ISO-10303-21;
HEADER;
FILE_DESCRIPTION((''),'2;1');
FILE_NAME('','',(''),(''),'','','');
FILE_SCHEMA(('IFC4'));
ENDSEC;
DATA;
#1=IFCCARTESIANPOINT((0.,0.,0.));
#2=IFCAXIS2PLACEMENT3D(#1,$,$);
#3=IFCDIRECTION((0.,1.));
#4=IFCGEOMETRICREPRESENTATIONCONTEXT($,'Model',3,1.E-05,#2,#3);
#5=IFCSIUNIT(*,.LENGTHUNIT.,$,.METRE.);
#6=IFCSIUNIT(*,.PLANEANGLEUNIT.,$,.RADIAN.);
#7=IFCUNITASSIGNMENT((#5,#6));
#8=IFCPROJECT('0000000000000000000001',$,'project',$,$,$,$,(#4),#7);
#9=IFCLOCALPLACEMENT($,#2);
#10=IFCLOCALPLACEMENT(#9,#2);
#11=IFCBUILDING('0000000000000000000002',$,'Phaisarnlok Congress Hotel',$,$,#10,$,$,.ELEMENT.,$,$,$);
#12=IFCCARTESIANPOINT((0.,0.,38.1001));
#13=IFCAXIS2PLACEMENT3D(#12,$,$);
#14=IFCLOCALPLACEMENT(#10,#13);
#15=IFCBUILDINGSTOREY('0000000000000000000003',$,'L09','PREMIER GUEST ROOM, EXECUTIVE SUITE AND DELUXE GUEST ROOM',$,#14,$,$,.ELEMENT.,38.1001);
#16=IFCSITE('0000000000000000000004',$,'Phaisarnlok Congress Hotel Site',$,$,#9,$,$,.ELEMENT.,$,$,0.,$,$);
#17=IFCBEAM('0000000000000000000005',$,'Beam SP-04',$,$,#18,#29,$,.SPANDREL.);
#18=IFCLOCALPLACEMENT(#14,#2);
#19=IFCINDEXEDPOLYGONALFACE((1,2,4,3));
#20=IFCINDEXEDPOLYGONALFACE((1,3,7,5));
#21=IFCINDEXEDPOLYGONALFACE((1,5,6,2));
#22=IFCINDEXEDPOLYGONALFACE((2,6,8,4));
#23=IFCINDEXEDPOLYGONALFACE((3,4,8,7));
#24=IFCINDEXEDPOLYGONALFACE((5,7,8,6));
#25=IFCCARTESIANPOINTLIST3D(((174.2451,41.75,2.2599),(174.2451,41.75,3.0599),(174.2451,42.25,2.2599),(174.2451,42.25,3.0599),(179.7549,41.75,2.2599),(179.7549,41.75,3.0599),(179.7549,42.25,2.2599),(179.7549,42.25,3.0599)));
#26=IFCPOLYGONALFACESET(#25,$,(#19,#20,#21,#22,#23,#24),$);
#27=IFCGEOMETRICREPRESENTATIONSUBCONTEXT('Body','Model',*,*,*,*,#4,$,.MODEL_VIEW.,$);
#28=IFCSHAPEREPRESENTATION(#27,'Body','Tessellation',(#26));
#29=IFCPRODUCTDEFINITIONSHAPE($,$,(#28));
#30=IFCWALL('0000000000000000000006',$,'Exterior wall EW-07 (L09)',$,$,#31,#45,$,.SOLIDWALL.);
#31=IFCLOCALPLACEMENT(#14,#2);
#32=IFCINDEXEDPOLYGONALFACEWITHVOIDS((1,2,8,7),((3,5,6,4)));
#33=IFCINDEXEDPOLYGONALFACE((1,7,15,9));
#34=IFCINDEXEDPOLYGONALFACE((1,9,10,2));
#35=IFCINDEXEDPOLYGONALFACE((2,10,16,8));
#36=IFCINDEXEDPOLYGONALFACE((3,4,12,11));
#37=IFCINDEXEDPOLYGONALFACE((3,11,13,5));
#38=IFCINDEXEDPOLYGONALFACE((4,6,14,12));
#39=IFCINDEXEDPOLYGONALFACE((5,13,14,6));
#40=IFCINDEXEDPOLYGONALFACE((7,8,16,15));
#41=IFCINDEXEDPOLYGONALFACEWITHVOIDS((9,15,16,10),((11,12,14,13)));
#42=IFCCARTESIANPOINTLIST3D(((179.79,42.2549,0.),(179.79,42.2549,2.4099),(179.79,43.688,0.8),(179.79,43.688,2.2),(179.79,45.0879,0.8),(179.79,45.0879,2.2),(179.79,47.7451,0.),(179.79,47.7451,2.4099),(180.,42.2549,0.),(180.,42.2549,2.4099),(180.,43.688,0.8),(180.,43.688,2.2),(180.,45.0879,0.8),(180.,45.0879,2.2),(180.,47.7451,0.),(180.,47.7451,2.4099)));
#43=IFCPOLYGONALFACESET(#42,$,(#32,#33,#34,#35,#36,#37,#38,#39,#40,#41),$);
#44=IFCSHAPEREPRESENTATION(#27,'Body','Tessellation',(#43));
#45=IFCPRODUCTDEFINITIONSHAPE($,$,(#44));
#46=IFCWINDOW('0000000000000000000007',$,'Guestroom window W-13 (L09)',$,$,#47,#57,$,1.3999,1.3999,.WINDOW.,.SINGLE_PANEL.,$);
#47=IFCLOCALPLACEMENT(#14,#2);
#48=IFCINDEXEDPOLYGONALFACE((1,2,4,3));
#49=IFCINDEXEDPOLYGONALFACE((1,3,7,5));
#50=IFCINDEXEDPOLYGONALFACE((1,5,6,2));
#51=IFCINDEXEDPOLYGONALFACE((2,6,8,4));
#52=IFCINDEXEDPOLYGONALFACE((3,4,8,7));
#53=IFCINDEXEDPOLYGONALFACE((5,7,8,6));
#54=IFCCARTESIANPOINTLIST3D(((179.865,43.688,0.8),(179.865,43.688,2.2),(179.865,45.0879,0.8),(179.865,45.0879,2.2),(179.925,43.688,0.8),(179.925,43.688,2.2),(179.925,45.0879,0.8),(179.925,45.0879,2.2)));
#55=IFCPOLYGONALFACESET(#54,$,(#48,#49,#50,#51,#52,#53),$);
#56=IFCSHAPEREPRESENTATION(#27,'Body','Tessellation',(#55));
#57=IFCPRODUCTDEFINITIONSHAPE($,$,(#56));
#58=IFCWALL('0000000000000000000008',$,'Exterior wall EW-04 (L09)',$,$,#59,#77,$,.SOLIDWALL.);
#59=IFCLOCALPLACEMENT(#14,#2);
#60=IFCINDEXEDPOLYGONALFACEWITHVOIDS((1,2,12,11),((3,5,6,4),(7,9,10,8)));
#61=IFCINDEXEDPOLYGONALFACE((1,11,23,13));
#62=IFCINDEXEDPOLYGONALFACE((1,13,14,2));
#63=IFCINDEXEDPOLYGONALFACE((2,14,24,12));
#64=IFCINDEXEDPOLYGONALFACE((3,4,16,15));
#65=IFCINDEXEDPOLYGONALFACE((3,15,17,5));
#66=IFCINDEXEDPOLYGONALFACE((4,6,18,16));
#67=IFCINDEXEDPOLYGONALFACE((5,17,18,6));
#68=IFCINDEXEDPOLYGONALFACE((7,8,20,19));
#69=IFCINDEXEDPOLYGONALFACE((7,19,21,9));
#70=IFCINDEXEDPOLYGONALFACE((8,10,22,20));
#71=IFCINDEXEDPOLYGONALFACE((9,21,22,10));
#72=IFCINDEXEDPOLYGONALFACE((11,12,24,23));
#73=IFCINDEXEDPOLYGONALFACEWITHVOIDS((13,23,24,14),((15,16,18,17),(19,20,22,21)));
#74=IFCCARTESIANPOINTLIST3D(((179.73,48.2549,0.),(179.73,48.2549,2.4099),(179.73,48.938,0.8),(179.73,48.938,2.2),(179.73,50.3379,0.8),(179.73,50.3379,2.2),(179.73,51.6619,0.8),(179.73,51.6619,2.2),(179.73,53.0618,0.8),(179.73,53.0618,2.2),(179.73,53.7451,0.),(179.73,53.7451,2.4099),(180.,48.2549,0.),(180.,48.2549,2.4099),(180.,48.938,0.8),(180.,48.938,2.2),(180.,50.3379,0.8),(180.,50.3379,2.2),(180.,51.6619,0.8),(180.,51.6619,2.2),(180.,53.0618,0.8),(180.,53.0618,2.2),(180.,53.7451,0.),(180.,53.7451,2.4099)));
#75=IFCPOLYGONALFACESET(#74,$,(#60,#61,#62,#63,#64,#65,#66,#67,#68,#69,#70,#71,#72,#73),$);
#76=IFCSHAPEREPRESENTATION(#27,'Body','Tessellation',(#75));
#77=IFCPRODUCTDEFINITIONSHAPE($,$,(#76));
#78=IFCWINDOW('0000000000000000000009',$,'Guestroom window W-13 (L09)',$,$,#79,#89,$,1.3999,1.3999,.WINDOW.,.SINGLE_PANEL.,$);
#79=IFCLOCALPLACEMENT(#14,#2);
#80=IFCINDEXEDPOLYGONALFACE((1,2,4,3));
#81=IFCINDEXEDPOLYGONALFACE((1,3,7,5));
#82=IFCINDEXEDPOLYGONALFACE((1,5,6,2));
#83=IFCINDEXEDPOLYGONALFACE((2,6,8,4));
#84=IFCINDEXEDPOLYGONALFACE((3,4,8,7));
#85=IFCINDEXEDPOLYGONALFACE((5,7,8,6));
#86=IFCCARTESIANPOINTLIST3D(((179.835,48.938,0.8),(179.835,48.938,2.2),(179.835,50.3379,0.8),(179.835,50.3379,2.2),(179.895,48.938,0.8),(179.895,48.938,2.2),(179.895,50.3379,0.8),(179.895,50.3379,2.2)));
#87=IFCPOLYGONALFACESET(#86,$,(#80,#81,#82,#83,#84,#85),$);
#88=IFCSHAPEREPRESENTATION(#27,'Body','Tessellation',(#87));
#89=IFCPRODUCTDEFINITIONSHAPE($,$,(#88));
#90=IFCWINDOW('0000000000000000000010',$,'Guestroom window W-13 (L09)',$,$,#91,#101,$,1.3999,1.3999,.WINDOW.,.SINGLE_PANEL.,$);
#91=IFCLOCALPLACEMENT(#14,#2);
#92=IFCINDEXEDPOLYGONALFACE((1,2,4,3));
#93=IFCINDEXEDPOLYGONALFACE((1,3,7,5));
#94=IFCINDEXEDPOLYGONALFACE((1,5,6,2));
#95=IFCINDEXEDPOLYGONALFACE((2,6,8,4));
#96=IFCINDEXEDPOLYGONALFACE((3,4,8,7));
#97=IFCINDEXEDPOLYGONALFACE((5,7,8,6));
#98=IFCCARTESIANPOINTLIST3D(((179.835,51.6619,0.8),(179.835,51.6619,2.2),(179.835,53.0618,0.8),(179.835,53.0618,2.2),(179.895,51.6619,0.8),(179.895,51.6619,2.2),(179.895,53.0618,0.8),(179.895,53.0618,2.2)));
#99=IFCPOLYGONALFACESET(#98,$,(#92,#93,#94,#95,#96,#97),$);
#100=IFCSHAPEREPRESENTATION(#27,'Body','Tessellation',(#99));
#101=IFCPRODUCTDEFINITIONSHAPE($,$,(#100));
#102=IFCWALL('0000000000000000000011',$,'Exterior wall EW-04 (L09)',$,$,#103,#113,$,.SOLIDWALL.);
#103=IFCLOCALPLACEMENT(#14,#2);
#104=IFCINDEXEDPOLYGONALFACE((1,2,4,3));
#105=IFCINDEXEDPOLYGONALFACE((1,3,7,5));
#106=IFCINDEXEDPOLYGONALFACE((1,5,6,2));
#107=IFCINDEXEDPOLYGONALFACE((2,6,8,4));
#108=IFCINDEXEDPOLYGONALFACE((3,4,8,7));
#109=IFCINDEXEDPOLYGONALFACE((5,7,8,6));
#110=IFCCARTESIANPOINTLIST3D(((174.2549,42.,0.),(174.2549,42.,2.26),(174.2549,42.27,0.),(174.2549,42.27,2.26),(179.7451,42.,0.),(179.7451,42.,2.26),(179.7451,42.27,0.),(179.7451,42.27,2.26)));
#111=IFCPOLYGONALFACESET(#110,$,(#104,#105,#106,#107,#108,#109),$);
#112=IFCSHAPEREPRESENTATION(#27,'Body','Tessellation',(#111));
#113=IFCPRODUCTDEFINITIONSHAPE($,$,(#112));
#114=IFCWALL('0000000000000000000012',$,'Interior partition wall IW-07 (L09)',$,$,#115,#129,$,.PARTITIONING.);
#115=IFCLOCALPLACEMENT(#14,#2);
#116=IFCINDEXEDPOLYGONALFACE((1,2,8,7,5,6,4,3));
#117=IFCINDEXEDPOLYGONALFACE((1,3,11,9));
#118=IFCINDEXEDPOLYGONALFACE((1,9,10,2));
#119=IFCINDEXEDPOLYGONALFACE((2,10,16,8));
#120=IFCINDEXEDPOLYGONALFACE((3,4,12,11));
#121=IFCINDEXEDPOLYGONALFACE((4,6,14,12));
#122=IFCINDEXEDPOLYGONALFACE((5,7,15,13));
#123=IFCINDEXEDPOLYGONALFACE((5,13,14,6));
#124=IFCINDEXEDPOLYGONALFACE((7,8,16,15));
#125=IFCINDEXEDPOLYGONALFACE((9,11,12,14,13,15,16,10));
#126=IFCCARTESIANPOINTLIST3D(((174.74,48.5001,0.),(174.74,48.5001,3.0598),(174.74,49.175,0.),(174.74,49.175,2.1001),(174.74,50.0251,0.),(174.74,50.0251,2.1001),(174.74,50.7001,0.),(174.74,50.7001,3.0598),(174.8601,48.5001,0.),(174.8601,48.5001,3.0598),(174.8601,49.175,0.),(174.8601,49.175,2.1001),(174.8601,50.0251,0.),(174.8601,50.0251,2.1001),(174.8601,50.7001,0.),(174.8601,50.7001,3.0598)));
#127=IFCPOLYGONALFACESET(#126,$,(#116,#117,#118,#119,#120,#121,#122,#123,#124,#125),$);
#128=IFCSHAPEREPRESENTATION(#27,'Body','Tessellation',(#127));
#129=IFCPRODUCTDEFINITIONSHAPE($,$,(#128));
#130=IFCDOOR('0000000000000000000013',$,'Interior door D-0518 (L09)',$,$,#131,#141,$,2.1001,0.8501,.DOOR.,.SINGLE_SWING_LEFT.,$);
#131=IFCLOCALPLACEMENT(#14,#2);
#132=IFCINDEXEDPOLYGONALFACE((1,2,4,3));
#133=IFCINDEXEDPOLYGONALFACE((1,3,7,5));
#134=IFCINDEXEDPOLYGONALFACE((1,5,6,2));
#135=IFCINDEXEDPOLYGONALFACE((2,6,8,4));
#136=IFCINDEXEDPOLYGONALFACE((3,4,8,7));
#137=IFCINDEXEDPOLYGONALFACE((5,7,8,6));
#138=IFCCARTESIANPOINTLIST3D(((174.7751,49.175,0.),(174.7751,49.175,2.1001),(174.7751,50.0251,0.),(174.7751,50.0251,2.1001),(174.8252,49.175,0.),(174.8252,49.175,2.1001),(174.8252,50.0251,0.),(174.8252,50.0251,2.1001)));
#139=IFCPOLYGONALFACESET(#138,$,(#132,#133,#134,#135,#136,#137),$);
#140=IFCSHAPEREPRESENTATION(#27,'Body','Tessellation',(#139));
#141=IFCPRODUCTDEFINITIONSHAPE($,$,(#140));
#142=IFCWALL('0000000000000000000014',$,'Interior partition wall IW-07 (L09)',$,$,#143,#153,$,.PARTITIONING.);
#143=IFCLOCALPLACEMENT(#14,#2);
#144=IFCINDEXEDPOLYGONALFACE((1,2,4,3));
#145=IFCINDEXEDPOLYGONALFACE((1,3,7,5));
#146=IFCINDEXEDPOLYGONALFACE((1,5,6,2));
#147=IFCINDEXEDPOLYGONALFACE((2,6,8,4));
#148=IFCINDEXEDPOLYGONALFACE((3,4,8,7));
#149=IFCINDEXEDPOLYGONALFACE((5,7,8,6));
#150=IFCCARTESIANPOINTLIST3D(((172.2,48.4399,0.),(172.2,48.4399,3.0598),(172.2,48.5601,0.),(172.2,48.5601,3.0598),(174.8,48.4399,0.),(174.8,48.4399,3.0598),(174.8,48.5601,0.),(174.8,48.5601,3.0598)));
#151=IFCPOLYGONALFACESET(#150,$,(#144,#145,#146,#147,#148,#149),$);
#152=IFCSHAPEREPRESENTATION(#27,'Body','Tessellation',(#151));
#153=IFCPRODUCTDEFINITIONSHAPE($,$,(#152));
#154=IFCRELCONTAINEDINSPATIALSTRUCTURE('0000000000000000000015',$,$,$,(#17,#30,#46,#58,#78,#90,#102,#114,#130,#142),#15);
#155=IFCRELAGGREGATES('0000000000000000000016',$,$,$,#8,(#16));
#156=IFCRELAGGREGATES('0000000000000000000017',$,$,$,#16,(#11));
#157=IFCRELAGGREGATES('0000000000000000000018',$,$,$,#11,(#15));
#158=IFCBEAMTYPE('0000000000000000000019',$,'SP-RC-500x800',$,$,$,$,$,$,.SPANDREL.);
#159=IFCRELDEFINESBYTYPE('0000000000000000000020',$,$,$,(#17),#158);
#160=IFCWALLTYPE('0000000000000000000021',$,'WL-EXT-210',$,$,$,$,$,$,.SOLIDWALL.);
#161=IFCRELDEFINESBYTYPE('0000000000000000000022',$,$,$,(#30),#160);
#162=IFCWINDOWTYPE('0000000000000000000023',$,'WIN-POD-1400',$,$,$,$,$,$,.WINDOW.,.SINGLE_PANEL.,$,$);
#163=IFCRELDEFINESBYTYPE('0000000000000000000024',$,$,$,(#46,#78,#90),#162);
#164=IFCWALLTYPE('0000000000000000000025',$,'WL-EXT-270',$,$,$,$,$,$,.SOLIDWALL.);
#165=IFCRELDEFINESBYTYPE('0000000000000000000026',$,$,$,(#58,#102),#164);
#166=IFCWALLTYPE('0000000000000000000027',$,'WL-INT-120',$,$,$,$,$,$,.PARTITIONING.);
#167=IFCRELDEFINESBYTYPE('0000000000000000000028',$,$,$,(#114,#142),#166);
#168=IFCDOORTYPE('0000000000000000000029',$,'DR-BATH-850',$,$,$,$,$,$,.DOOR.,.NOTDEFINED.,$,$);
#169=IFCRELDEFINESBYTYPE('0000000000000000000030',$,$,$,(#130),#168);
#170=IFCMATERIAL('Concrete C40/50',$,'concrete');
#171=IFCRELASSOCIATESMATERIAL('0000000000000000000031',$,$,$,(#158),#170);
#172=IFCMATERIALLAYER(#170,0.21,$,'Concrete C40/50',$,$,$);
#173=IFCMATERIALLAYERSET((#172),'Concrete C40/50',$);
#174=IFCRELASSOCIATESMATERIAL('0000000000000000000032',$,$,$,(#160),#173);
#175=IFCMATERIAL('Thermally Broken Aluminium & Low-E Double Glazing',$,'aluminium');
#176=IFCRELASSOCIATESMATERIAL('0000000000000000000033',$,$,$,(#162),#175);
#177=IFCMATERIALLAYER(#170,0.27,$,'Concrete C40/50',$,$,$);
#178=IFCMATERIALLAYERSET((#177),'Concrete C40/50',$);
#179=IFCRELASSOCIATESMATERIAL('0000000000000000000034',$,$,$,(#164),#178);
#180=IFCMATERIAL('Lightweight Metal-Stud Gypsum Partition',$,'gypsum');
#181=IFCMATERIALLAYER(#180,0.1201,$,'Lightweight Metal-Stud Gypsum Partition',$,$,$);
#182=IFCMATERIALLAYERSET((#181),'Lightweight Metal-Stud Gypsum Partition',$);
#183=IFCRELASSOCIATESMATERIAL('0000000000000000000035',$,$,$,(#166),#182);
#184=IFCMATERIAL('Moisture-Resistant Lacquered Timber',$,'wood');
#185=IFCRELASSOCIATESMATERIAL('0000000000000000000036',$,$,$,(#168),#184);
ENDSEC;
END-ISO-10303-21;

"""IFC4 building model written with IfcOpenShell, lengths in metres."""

from ifc_helpers import new_model, si_unit, direction, frame, frame_2d, origin, origin_2d, place, context, subcontext, project, spatial, rectangle, extrude, material, layer, layer_set, material_profile, profile_set, type_object, element, fill, save


model = new_model("IFC4")

# Units and contexts
model_context = context("Model", 3, precision=1e-05, world=origin(), true_north=direction((0.0, 1.0)))
body_context = subcontext(model_context, "Body", "Model", "MODEL_VIEW")
ifc_project = project(units=[si_unit("LENGTHUNIT", "METRE"), si_unit("PLANEANGLEUNIT", "RADIAN")], contexts=[model_context])

# Site, building, storey
site_placement = place(None, origin())
site = spatial("IfcSite", under=ifc_project, at=site_placement, Name="Phaisarnlok Congress Hotel Site", CompositionType="ELEMENT", RefElevation=0.0)
building_placement = place(site_placement, origin())
building = spatial("IfcBuilding", under=site, at=building_placement, Name="Phaisarnlok Congress Hotel", CompositionType="ELEMENT")
storey_placement = place(building_placement, frame((0.0, 0.0, 38.1001)))
storey = spatial("IfcBuildingStorey", under=building, at=storey_placement, Name="L09", Description="PREMIER GUEST ROOM, EXECUTIVE SUITE AND DELUXE GUEST ROOM", CompositionType="ELEMENT", Elevation=38.1001)

# Beam
ifc_material_1 = material(Name="Concrete C40/50", Category="concrete")
ifc_material_profile_1 = material_profile(ifc_material_1, rectangle(XDim=0.5, YDim=0.8, at=origin_2d()), Name="RC 500x800")
ifc_profile_set_1 = profile_set([ifc_material_profile_1], Name="Concrete C40/50")
beam_type_1 = type_object("IfcBeamType", Name="SP-RC-500x800", PredefinedType="SPANDREL", material=ifc_profile_set_1)
beam_1_placement = place(storey_placement, frame((174.2451, 42.0, 2.6599), z_axis=(1.0, 0.0, 0.0), x_axis=(0.0, 1.0, 0.0)))
element("IfcBeam", 1, at=beam_1_placement, inside=storey, type_object=beam_type_1, Name="Beam SP-04", PredefinedType="SPANDREL", context=body_context, shape_type="SweptSolid", body=[
    extrude(rectangle(XDim=0.5, YDim=0.8, at=origin_2d()), origin(), (0.0, 0.0, 1.0), 5.5098),
])

# Wall, opening, window
ifc_layer_1 = layer(ifc_material_1, 0.21, Name="Concrete C40/50")
ifc_layer_set_1 = layer_set([ifc_layer_1], Name="Concrete C40/50")
wall_type_1 = type_object("IfcWallType", Name="WL-EXT-210", PredefinedType="SOLIDWALL", material=ifc_layer_set_1)
wall_1_placement = place(storey_placement, frame((179.895, 42.2549, 0.0), z_axis=(0.0, 0.0, 1.0), x_axis=(0.0, 1.0, 0.0)))
wall_1 = element("IfcWall", 2, at=wall_1_placement, inside=storey, type_object=wall_type_1, Name="Exterior wall EW-07 (L09)", PredefinedType="SOLIDWALL", context=body_context, shape_type="SweptSolid", body=[
    extrude(rectangle(XDim=5.4902, YDim=0.21, at=frame_2d((2.7451, 0.0))), origin(), (0.0, 0.0, 1.0), 2.4099),
])
opening_1_placement = place(wall_1_placement, frame((1.4331, 0.0, 0.8)))
opening_1 = element("IfcOpeningElement", 3, at=opening_1_placement, cuts=wall_1, PredefinedType="OPENING", context=body_context, shape_type="SweptSolid", body=[
    extrude(rectangle(XDim=1.3999, YDim=1.3999, at=frame_2d((0.7, 0.7))), frame((0.0, 0.115, 0.0), z_axis=(0.0, -1.0, 0.0), x_axis=(1.0, 0.0, 0.0)), (0.0, 0.0, 1.0), 0.23),
])
ifc_material_2 = material(Name="Thermally Broken Aluminium & Low-E Double Glazing", Category="aluminium")
window_type = type_object("IfcWindowType", Name="WIN-POD-1400", PartitioningType="SINGLE_PANEL", PredefinedType="WINDOW", material=ifc_material_2)
window_1_placement = place(opening_1_placement, origin())
window_1 = element("IfcWindow", 4, at=window_1_placement, inside=storey, type_object=window_type, Name="Guestroom window W-13 (L09)", OverallHeight=1.3999, OverallWidth=1.3999, PartitioningType="SINGLE_PANEL", PredefinedType="WINDOW", context=body_context, shape_type="SweptSolid", body=[
    extrude(rectangle(XDim=1.3999, YDim=1.3999, at=frame_2d((0.7, 0.7))), frame((0.0, 0.03, 0.0), z_axis=(0.0, -1.0, 0.0), x_axis=(1.0, 0.0, 0.0)), (0.0, 0.0, 1.0), 0.0601),
])
fill(opening_1, window_1)

# Wall, openings, windows
ifc_layer_2 = layer(ifc_material_1, 0.27, Name="Concrete C40/50")
ifc_layer_set_2 = layer_set([ifc_layer_2], Name="Concrete C40/50")
wall_type_2 = type_object("IfcWallType", Name="WL-EXT-270", PredefinedType="SOLIDWALL", material=ifc_layer_set_2)
wall_2_placement = place(storey_placement, frame((179.865, 48.2549, 0.0), z_axis=(0.0, 0.0, 1.0), x_axis=(0.0, 1.0, 0.0)))
wall_2 = element("IfcWall", 5, at=wall_2_placement, inside=storey, type_object=wall_type_2, Name="Exterior wall EW-04 (L09)", PredefinedType="SOLIDWALL", context=body_context, shape_type="SweptSolid", body=[
    extrude(rectangle(XDim=5.4902, YDim=0.27, at=frame_2d((2.7451, 0.0))), origin(), (0.0, 0.0, 1.0), 2.4099),
])
opening_2_placement = place(wall_2_placement, frame((0.6831, 0.0, 0.8)))
opening_2 = element("IfcOpeningElement", 6, at=opening_2_placement, cuts=wall_2, PredefinedType="OPENING", context=body_context, shape_type="SweptSolid", body=[
    extrude(rectangle(XDim=1.3999, YDim=1.3999, at=frame_2d((0.7, 0.7))), frame((0.0, 0.145, 0.0), z_axis=(0.0, -1.0, 0.0), x_axis=(1.0, 0.0, 0.0)), (0.0, 0.0, 1.0), 0.29),
])
opening_3_placement = place(wall_2_placement, frame((3.407, 0.0, 0.8)))
opening_3 = element("IfcOpeningElement", 7, at=opening_3_placement, cuts=wall_2, PredefinedType="OPENING", context=body_context, shape_type="SweptSolid", body=[
    extrude(rectangle(XDim=1.3999, YDim=1.3999, at=frame_2d((0.7, 0.7))), frame((0.0, 0.145, 0.0), z_axis=(0.0, -1.0, 0.0), x_axis=(1.0, 0.0, 0.0)), (0.0, 0.0, 1.0), 0.29),
])
window_2_placement = place(opening_2_placement, origin())
window_2 = element("IfcWindow", 8, at=window_2_placement, inside=storey, type_object=window_type, Name="Guestroom window W-13 (L09)", OverallHeight=1.3999, OverallWidth=1.3999, PartitioningType="SINGLE_PANEL", PredefinedType="WINDOW", context=body_context, shape_type="SweptSolid", body=[
    extrude(rectangle(XDim=1.3999, YDim=1.3999, at=frame_2d((0.7, 0.7))), frame((0.0, 0.03, 0.0), z_axis=(0.0, -1.0, 0.0), x_axis=(1.0, 0.0, 0.0)), (0.0, 0.0, 1.0), 0.0601),
])
fill(opening_2, window_2)
window_3_placement = place(opening_3_placement, origin())
window_3 = element("IfcWindow", 9, at=window_3_placement, inside=storey, type_object=window_type, Name="Guestroom window W-13 (L09)", OverallHeight=1.3999, OverallWidth=1.3999, PartitioningType="SINGLE_PANEL", PredefinedType="WINDOW", context=body_context, shape_type="SweptSolid", body=[
    extrude(rectangle(XDim=1.3999, YDim=1.3999, at=frame_2d((0.7, 0.7))), frame((0.0, 0.03, 0.0), z_axis=(0.0, -1.0, 0.0), x_axis=(1.0, 0.0, 0.0)), (0.0, 0.0, 1.0), 0.0601),
])
fill(opening_3, window_3)

# Wall
wall_3_placement = place(storey_placement, frame((174.2549, 42.135, 0.0), z_axis=(0.0, 0.0, 1.0), x_axis=(1.0, 0.0, 0.0)))
element("IfcWall", 10, at=wall_3_placement, inside=storey, type_object=wall_type_2, Name="Exterior wall EW-04 (L09)", PredefinedType="SOLIDWALL", context=body_context, shape_type="SweptSolid", body=[
    extrude(rectangle(XDim=5.4902, YDim=0.27, at=frame_2d((2.7451, 0.0))), origin(), (0.0, 0.0, 1.0), 2.26),
])

# Wall, opening, door
ifc_material_3 = material(Name="Lightweight Metal-Stud Gypsum Partition", Category="gypsum")
ifc_layer_3 = layer(ifc_material_3, 0.1201, Name="Lightweight Metal-Stud Gypsum Partition")
ifc_layer_set_3 = layer_set([ifc_layer_3], Name="Lightweight Metal-Stud Gypsum Partition")
wall_type_3 = type_object("IfcWallType", Name="WL-INT-120", PredefinedType="PARTITIONING", material=ifc_layer_set_3)
wall_4_placement = place(storey_placement, frame((174.8, 48.5, 0.0), z_axis=(0.0, 0.0, 1.0), x_axis=(0.0, 1.0, 0.0)))
wall_4 = element("IfcWall", 11, at=wall_4_placement, inside=storey, type_object=wall_type_3, Name="Interior partition wall IW-07 (L09)", PredefinedType="PARTITIONING", context=body_context, shape_type="SweptSolid", body=[
    extrude(rectangle(XDim=2.2, YDim=0.1201, at=frame_2d((1.1001, 0.0))), origin(), (0.0, 0.0, 1.0), 3.0598),
])
opening_4_placement = place(wall_4_placement, frame((0.675, 0.0, 0.0)))
opening_4 = element("IfcOpeningElement", 12, at=opening_4_placement, cuts=wall_4, PredefinedType="OPENING", context=body_context, shape_type="SweptSolid", body=[
    extrude(rectangle(XDim=0.8501, YDim=2.1001, at=frame_2d((0.425, 1.05))), frame((0.0, 0.0701, 0.0), z_axis=(0.0, -1.0, 0.0), x_axis=(1.0, 0.0, 0.0)), (0.0, 0.0, 1.0), 0.1401),
])
ifc_material_4 = material(Name="Moisture-Resistant Lacquered Timber", Category="wood")
door_type = type_object("IfcDoorType", Name="DR-BATH-850", OperationType="NOTDEFINED", PredefinedType="DOOR", material=ifc_material_4)
door_1_placement = place(opening_4_placement, origin())
door_1 = element("IfcDoor", 13, at=door_1_placement, inside=storey, type_object=door_type, Name="Interior door D-0518 (L09)", OperationType="SINGLE_SWING_LEFT", OverallHeight=2.1001, OverallWidth=0.8501, PredefinedType="DOOR", context=body_context, shape_type="SweptSolid", body=[
    extrude(rectangle(XDim=0.8501, YDim=2.1001, at=frame_2d((0.425, 1.05))), frame((0.0, 0.0249, 0.0), z_axis=(0.0, -1.0, 0.0), x_axis=(1.0, 0.0, 0.0)), (0.0, 0.0, 1.0), 0.05),
])
fill(opening_4, door_1)

# Wall
wall_5_placement = place(storey_placement, frame((172.2, 48.5, 0.0), z_axis=(0.0, 0.0, 1.0), x_axis=(1.0, 0.0, 0.0)))
element("IfcWall", 14, at=wall_5_placement, inside=storey, type_object=wall_type_3, Name="Interior partition wall IW-07 (L09)", PredefinedType="PARTITIONING", context=body_context, shape_type="SweptSolid", body=[
    extrude(rectangle(XDim=2.6001, YDim=0.1201, at=frame_2d((1.3, 0.0))), origin(), (0.0, 0.0, 1.0), 3.0598),
])

save(model, "model.ifc")
